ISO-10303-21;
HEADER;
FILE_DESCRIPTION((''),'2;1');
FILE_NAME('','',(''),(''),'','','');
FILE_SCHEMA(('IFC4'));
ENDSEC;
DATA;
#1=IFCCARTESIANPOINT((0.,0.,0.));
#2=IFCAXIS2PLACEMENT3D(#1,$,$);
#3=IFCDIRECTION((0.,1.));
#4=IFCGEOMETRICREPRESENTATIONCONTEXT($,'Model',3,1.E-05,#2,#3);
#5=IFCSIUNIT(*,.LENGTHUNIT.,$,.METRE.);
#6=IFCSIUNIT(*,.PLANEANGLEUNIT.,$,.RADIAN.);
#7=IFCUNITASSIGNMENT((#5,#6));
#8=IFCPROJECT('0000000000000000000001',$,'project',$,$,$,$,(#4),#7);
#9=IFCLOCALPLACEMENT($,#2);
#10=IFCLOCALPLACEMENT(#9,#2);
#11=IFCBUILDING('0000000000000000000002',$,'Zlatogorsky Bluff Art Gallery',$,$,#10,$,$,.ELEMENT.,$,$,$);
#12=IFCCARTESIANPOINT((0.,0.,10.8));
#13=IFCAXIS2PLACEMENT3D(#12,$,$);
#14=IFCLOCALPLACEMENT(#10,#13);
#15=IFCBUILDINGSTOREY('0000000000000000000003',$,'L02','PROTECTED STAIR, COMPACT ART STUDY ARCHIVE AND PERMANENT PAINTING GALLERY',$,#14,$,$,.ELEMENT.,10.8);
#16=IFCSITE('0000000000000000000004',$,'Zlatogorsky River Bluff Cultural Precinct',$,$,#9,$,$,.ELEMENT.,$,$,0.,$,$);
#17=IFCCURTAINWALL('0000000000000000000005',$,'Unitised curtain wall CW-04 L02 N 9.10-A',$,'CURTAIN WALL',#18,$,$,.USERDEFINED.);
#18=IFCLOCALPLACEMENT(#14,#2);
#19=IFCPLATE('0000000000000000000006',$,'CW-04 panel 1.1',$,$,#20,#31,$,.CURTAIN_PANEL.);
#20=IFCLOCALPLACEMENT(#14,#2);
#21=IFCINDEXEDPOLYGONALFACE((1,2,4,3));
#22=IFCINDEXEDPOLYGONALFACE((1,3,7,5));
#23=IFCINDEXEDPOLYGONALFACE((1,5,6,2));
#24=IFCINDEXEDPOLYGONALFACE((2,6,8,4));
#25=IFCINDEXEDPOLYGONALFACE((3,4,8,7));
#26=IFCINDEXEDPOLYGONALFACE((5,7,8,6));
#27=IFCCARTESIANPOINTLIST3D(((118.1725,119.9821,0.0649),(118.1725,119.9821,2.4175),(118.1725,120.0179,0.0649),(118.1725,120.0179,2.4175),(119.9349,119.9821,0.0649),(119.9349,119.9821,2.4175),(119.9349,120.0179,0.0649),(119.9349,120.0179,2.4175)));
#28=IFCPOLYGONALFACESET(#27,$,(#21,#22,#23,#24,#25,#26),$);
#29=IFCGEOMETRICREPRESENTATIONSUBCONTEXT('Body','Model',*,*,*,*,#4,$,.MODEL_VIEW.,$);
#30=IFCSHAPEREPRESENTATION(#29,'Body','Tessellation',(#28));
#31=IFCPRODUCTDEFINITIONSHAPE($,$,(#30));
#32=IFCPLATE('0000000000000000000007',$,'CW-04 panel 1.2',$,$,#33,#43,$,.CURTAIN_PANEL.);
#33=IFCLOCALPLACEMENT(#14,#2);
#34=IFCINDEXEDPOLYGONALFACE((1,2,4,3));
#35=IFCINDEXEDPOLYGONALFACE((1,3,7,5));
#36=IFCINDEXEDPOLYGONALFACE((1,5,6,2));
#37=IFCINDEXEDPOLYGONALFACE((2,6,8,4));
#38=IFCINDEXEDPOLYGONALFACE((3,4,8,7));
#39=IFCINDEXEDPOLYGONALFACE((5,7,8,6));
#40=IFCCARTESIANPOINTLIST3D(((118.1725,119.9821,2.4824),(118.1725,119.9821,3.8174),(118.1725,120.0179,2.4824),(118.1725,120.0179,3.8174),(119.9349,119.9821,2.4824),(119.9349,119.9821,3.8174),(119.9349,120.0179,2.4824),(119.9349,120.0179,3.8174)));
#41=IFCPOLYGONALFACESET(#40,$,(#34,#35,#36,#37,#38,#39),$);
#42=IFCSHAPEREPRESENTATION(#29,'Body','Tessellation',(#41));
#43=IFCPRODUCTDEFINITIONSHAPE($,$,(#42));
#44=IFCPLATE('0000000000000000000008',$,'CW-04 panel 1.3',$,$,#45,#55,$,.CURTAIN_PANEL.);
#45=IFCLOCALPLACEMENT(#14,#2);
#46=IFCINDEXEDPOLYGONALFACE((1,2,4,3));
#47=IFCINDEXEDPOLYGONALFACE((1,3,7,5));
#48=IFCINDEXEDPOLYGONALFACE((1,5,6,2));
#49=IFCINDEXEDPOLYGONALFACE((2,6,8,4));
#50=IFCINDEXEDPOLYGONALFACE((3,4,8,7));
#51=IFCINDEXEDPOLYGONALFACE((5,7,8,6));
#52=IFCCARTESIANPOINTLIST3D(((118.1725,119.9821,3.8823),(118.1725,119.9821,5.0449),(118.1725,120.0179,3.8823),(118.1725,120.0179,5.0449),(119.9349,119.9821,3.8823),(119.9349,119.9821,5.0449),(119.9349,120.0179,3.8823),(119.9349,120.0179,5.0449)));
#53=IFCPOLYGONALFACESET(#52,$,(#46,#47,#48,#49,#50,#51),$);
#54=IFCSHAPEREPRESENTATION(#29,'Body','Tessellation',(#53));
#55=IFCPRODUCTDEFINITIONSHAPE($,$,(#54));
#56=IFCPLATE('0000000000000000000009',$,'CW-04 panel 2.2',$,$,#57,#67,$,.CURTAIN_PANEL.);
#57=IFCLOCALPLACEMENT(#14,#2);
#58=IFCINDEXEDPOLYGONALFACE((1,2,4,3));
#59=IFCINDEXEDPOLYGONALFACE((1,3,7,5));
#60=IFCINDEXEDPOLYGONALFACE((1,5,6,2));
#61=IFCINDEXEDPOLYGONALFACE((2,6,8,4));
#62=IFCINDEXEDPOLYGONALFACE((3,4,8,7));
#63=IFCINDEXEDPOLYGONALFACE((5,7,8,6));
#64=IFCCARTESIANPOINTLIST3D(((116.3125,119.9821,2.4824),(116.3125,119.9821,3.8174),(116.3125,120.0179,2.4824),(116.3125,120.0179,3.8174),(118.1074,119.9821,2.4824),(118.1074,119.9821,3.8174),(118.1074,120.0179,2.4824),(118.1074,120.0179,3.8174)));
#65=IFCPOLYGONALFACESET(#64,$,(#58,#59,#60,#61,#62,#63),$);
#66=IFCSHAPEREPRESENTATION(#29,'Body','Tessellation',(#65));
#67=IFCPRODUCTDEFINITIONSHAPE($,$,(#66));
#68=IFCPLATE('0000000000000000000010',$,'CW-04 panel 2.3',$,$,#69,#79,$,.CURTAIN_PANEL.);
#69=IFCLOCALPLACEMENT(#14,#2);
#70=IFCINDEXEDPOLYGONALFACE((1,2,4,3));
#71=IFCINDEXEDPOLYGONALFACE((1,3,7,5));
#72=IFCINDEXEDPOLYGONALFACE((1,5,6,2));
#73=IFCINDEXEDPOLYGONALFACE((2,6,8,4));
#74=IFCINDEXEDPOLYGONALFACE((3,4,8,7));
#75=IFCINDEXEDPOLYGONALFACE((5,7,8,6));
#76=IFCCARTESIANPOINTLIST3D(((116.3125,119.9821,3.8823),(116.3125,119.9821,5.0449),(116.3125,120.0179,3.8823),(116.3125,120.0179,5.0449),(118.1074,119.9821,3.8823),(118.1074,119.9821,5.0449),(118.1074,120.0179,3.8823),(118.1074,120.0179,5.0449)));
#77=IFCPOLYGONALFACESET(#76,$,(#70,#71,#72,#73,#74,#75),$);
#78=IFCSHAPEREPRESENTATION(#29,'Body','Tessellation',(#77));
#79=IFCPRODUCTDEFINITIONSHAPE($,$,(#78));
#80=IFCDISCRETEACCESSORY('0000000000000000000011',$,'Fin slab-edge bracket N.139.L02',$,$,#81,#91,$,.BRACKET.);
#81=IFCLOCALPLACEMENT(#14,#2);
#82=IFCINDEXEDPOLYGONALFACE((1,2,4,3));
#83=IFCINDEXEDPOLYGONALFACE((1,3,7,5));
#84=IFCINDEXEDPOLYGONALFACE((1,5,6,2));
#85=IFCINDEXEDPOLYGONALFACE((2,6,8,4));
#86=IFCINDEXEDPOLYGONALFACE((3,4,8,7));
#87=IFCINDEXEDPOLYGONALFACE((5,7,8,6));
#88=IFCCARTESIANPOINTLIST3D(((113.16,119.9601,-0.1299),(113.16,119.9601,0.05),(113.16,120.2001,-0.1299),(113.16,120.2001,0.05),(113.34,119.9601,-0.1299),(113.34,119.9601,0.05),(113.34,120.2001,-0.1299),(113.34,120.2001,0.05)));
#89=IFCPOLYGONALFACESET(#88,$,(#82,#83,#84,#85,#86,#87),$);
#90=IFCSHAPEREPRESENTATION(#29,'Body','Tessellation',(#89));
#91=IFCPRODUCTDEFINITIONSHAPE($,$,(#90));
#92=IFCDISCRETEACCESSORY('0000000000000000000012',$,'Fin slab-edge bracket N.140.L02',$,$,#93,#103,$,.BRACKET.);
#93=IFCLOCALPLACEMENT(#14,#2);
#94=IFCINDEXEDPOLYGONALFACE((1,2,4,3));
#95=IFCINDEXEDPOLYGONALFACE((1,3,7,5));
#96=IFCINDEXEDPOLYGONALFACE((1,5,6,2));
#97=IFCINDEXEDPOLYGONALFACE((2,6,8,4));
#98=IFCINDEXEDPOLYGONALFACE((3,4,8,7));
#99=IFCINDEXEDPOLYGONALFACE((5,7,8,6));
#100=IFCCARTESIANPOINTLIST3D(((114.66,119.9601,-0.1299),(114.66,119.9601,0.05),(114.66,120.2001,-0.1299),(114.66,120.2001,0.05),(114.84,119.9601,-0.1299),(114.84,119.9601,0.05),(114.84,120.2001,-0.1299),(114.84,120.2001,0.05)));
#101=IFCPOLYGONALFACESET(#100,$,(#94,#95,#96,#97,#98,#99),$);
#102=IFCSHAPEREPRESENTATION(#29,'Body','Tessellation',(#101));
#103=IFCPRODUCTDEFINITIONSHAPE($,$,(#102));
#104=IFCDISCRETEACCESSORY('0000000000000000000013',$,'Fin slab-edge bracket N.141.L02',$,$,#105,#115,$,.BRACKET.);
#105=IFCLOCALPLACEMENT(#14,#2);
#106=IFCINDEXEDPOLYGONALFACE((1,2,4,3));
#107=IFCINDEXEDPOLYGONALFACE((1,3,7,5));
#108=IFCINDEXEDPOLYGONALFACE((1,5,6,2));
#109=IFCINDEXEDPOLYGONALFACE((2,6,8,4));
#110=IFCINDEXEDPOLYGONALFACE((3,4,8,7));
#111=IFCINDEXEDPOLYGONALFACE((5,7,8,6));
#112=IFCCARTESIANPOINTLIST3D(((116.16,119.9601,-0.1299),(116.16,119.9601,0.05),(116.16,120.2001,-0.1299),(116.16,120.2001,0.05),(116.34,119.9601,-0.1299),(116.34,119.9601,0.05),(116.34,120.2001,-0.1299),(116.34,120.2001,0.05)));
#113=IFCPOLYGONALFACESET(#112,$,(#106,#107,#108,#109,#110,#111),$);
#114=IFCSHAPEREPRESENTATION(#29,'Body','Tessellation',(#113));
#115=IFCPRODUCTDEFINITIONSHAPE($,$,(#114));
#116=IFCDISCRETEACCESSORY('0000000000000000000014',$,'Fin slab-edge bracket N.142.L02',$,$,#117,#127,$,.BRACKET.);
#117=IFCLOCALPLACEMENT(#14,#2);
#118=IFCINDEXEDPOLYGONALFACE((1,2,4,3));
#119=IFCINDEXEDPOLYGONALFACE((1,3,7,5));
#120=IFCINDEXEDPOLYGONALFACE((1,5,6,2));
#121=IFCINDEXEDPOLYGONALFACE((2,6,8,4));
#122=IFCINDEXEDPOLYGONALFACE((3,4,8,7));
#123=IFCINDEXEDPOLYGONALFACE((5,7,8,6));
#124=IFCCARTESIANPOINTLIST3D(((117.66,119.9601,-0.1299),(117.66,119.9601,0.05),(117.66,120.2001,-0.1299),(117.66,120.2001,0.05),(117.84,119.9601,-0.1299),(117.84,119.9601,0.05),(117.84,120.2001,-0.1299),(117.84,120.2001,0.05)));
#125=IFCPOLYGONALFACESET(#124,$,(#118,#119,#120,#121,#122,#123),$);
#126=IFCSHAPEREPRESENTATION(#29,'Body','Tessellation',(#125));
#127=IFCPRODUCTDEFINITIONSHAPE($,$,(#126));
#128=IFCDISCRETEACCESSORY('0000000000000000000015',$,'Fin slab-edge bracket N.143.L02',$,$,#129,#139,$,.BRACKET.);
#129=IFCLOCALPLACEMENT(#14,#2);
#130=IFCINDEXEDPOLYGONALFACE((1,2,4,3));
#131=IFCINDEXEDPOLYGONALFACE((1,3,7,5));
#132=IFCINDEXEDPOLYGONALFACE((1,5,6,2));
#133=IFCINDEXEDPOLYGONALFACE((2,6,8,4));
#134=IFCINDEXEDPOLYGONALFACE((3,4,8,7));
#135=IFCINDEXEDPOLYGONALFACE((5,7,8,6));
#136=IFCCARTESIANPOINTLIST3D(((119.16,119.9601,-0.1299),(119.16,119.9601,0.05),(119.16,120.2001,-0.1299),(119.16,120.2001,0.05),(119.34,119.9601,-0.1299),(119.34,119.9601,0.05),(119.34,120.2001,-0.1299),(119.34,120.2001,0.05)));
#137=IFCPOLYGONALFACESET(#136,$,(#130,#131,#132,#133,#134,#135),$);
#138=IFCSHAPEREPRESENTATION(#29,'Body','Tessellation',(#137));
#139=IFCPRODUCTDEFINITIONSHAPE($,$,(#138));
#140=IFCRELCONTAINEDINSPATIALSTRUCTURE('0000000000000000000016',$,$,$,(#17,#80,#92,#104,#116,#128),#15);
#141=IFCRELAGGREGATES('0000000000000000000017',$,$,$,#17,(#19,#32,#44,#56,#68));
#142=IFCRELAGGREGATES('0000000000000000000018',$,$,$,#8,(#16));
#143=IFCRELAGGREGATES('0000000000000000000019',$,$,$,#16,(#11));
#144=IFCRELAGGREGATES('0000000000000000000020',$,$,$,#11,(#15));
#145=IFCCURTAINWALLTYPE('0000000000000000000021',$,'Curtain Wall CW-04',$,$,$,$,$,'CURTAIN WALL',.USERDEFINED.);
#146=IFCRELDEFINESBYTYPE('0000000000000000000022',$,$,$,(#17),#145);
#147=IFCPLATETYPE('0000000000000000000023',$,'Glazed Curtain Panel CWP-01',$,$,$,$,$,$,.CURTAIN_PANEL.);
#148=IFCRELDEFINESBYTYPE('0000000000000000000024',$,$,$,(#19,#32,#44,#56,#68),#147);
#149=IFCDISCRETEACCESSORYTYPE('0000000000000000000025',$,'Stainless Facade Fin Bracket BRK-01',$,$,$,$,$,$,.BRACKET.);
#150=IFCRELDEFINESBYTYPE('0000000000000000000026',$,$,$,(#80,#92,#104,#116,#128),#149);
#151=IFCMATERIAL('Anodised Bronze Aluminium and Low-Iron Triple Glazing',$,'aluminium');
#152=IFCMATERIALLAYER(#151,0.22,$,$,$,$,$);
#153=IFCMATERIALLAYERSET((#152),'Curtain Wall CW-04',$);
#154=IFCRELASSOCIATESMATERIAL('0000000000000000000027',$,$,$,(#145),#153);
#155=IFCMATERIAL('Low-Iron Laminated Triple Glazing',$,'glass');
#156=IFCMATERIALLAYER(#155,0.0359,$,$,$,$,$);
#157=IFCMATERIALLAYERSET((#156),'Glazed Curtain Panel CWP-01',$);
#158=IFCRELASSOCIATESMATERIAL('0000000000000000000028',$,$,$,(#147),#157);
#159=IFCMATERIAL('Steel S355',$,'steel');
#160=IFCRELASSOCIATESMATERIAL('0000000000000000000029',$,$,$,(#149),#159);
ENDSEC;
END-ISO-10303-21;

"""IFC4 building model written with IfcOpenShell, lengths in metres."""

from ifc_helpers import new_model, si_unit, direction, frame, origin, origin_2d, place, context, subcontext, project, spatial, rectangle, extrude, material, layer, layer_set, type_object, element, aggregate, save


model = new_model("IFC4")

# Units and contexts
model_context = context("Model", 3, precision=1e-05, world=origin(), true_north=direction((0.0, 1.0)))
body_context = subcontext(model_context, "Body", "Model", "MODEL_VIEW")
ifc_project = project(units=[si_unit("LENGTHUNIT", "METRE"), si_unit("PLANEANGLEUNIT", "RADIAN")], contexts=[model_context])

# Site, building, storey
site_placement = place(None, origin())
site = spatial("IfcSite", under=ifc_project, at=site_placement, Name="Zlatogorsky River Bluff Cultural Precinct", CompositionType="ELEMENT", RefElevation=0.0)
building_placement = place(site_placement, origin())
building = spatial("IfcBuilding", under=site, at=building_placement, Name="Zlatogorsky Bluff Art Gallery", CompositionType="ELEMENT")
storey_placement = place(building_placement, frame((0.0, 0.0, 10.8)))
storey = spatial("IfcBuildingStorey", under=building, at=storey_placement, Name="L02", Description="PROTECTED STAIR, COMPACT ART STUDY ARCHIVE AND PERMANENT PAINTING GALLERY", CompositionType="ELEMENT", Elevation=10.8)

# Shared definitions
ifc_material_1 = material(Name="Steel S355", Category="steel")

# Curtain wall, plates
ifc_material_2 = material(Name="Anodised Bronze Aluminium and Low-Iron Triple Glazing", Category="aluminium")
ifc_layer_1 = layer(ifc_material_2, 0.22)
ifc_layer_set_1 = layer_set([ifc_layer_1], Name="Curtain Wall CW-04")
curtain_wall_type = type_object("IfcCurtainWallType", Name="Curtain Wall CW-04", ElementType="CURTAIN WALL", PredefinedType="USERDEFINED", material=ifc_layer_set_1)
curtain_wall_placement = place(storey_placement, origin())
curtain_wall = element("IfcCurtainWall", 1, at=curtain_wall_placement, inside=storey, type_object=curtain_wall_type, Name="Unitised curtain wall CW-04 L02 N 9.10-A", ObjectType="CURTAIN WALL", PredefinedType="USERDEFINED")
ifc_material_3 = material(Name="Low-Iron Laminated Triple Glazing", Category="glass")
ifc_layer_2 = layer(ifc_material_3, 0.0359)
ifc_layer_set_2 = layer_set([ifc_layer_2], Name="Glazed Curtain Panel CWP-01")
plate_type = type_object("IfcPlateType", Name="Glazed Curtain Panel CWP-01", PredefinedType="CURTAIN_PANEL", material=ifc_layer_set_2)
plate_1_placement = place(storey_placement, frame((119.0537, 120.0, 0.0649), z_axis=(0.0, 0.0, 1.0), x_axis=(-1.0, 0.0, 0.0)))
plate_1 = element("IfcPlate", 2, at=plate_1_placement, type_object=plate_type, Name="CW-04 panel 1.1", PredefinedType="CURTAIN_PANEL", context=body_context, shape_type="SweptSolid", body=[
    extrude(rectangle(XDim=1.7625, YDim=0.0359, at=origin_2d()), origin(), (0.0, 0.0, 1.0), 2.3525),
])
plate_2_placement = place(storey_placement, frame((119.0537, 120.0, 2.4824), z_axis=(0.0, 0.0, 1.0), x_axis=(-1.0, 0.0, 0.0)))
plate_2 = element("IfcPlate", 3, at=plate_2_placement, type_object=plate_type, Name="CW-04 panel 1.2", PredefinedType="CURTAIN_PANEL", context=body_context, shape_type="SweptSolid", body=[
    extrude(rectangle(XDim=1.7625, YDim=0.0359, at=origin_2d()), origin(), (0.0, 0.0, 1.0), 1.335),
])
plate_3_placement = place(storey_placement, frame((119.0537, 120.0, 3.8823), z_axis=(0.0, 0.0, 1.0), x_axis=(-1.0, 0.0, 0.0)))
plate_3 = element("IfcPlate", 4, at=plate_3_placement, type_object=plate_type, Name="CW-04 panel 1.3", PredefinedType="CURTAIN_PANEL", context=body_context, shape_type="SweptSolid", body=[
    extrude(rectangle(XDim=1.7625, YDim=0.0359, at=origin_2d()), origin(), (0.0, 0.0, 1.0), 1.1626),
])
plate_4_placement = place(storey_placement, frame((117.21, 120.0, 2.4824), z_axis=(0.0, 0.0, 1.0), x_axis=(-1.0, 0.0, 0.0)))
plate_4 = element("IfcPlate", 5, at=plate_4_placement, type_object=plate_type, Name="CW-04 panel 2.2", PredefinedType="CURTAIN_PANEL", context=body_context, shape_type="SweptSolid", body=[
    extrude(rectangle(XDim=1.7949, YDim=0.0359, at=origin_2d()), origin(), (0.0, 0.0, 1.0), 1.335),
])
plate_5_placement = place(storey_placement, frame((117.21, 120.0, 3.8823), z_axis=(0.0, 0.0, 1.0), x_axis=(-1.0, 0.0, 0.0)))
plate_5 = element("IfcPlate", 6, at=plate_5_placement, type_object=plate_type, Name="CW-04 panel 2.3", PredefinedType="CURTAIN_PANEL", context=body_context, shape_type="SweptSolid", body=[
    extrude(rectangle(XDim=1.7949, YDim=0.0359, at=origin_2d()), origin(), (0.0, 0.0, 1.0), 1.1626),
])
aggregate(curtain_wall, [plate_1, plate_2, plate_3, plate_4, plate_5])

# Discrete accessories
discrete_accessory_type = type_object("IfcDiscreteAccessoryType", Name="Stainless Facade Fin Bracket BRK-01", PredefinedType="BRACKET", material=ifc_material_1)
for number, where, z_axis, x_axis, name in (
    (7, (113.25, 120.0801, -0.1299), (0.0, 0.0, 1.0), (1.0, 0.0, 0.0), "Fin slab-edge bracket N.139.L02"),
    (8, (114.75, 120.0801, -0.1299), (0.0, 0.0, 1.0), (1.0, 0.0, 0.0), "Fin slab-edge bracket N.140.L02"),
    (9, (116.25, 120.0801, -0.1299), (0.0, 0.0, 1.0), (1.0, 0.0, 0.0), "Fin slab-edge bracket N.141.L02"),
    (10, (117.75, 120.0801, -0.1299), (0.0, 0.0, 1.0), (1.0, 0.0, 0.0), "Fin slab-edge bracket N.142.L02"),
    (11, (119.25, 120.0801, -0.1299), (0.0, 0.0, 1.0), (1.0, 0.0, 0.0), "Fin slab-edge bracket N.143.L02"),
):
    element("IfcDiscreteAccessory", number, at=place(storey_placement, frame(where, z_axis=z_axis, x_axis=x_axis)), inside=storey, type_object=discrete_accessory_type, Name=name, PredefinedType="BRACKET", context=body_context, shape_type="SweptSolid", body=[
        extrude(rectangle(XDim=0.1799, YDim=0.24, at=origin_2d()), origin(), (0.0, 0.0, 1.0), 0.1799),
    ])

save(model, "model.ifc")
